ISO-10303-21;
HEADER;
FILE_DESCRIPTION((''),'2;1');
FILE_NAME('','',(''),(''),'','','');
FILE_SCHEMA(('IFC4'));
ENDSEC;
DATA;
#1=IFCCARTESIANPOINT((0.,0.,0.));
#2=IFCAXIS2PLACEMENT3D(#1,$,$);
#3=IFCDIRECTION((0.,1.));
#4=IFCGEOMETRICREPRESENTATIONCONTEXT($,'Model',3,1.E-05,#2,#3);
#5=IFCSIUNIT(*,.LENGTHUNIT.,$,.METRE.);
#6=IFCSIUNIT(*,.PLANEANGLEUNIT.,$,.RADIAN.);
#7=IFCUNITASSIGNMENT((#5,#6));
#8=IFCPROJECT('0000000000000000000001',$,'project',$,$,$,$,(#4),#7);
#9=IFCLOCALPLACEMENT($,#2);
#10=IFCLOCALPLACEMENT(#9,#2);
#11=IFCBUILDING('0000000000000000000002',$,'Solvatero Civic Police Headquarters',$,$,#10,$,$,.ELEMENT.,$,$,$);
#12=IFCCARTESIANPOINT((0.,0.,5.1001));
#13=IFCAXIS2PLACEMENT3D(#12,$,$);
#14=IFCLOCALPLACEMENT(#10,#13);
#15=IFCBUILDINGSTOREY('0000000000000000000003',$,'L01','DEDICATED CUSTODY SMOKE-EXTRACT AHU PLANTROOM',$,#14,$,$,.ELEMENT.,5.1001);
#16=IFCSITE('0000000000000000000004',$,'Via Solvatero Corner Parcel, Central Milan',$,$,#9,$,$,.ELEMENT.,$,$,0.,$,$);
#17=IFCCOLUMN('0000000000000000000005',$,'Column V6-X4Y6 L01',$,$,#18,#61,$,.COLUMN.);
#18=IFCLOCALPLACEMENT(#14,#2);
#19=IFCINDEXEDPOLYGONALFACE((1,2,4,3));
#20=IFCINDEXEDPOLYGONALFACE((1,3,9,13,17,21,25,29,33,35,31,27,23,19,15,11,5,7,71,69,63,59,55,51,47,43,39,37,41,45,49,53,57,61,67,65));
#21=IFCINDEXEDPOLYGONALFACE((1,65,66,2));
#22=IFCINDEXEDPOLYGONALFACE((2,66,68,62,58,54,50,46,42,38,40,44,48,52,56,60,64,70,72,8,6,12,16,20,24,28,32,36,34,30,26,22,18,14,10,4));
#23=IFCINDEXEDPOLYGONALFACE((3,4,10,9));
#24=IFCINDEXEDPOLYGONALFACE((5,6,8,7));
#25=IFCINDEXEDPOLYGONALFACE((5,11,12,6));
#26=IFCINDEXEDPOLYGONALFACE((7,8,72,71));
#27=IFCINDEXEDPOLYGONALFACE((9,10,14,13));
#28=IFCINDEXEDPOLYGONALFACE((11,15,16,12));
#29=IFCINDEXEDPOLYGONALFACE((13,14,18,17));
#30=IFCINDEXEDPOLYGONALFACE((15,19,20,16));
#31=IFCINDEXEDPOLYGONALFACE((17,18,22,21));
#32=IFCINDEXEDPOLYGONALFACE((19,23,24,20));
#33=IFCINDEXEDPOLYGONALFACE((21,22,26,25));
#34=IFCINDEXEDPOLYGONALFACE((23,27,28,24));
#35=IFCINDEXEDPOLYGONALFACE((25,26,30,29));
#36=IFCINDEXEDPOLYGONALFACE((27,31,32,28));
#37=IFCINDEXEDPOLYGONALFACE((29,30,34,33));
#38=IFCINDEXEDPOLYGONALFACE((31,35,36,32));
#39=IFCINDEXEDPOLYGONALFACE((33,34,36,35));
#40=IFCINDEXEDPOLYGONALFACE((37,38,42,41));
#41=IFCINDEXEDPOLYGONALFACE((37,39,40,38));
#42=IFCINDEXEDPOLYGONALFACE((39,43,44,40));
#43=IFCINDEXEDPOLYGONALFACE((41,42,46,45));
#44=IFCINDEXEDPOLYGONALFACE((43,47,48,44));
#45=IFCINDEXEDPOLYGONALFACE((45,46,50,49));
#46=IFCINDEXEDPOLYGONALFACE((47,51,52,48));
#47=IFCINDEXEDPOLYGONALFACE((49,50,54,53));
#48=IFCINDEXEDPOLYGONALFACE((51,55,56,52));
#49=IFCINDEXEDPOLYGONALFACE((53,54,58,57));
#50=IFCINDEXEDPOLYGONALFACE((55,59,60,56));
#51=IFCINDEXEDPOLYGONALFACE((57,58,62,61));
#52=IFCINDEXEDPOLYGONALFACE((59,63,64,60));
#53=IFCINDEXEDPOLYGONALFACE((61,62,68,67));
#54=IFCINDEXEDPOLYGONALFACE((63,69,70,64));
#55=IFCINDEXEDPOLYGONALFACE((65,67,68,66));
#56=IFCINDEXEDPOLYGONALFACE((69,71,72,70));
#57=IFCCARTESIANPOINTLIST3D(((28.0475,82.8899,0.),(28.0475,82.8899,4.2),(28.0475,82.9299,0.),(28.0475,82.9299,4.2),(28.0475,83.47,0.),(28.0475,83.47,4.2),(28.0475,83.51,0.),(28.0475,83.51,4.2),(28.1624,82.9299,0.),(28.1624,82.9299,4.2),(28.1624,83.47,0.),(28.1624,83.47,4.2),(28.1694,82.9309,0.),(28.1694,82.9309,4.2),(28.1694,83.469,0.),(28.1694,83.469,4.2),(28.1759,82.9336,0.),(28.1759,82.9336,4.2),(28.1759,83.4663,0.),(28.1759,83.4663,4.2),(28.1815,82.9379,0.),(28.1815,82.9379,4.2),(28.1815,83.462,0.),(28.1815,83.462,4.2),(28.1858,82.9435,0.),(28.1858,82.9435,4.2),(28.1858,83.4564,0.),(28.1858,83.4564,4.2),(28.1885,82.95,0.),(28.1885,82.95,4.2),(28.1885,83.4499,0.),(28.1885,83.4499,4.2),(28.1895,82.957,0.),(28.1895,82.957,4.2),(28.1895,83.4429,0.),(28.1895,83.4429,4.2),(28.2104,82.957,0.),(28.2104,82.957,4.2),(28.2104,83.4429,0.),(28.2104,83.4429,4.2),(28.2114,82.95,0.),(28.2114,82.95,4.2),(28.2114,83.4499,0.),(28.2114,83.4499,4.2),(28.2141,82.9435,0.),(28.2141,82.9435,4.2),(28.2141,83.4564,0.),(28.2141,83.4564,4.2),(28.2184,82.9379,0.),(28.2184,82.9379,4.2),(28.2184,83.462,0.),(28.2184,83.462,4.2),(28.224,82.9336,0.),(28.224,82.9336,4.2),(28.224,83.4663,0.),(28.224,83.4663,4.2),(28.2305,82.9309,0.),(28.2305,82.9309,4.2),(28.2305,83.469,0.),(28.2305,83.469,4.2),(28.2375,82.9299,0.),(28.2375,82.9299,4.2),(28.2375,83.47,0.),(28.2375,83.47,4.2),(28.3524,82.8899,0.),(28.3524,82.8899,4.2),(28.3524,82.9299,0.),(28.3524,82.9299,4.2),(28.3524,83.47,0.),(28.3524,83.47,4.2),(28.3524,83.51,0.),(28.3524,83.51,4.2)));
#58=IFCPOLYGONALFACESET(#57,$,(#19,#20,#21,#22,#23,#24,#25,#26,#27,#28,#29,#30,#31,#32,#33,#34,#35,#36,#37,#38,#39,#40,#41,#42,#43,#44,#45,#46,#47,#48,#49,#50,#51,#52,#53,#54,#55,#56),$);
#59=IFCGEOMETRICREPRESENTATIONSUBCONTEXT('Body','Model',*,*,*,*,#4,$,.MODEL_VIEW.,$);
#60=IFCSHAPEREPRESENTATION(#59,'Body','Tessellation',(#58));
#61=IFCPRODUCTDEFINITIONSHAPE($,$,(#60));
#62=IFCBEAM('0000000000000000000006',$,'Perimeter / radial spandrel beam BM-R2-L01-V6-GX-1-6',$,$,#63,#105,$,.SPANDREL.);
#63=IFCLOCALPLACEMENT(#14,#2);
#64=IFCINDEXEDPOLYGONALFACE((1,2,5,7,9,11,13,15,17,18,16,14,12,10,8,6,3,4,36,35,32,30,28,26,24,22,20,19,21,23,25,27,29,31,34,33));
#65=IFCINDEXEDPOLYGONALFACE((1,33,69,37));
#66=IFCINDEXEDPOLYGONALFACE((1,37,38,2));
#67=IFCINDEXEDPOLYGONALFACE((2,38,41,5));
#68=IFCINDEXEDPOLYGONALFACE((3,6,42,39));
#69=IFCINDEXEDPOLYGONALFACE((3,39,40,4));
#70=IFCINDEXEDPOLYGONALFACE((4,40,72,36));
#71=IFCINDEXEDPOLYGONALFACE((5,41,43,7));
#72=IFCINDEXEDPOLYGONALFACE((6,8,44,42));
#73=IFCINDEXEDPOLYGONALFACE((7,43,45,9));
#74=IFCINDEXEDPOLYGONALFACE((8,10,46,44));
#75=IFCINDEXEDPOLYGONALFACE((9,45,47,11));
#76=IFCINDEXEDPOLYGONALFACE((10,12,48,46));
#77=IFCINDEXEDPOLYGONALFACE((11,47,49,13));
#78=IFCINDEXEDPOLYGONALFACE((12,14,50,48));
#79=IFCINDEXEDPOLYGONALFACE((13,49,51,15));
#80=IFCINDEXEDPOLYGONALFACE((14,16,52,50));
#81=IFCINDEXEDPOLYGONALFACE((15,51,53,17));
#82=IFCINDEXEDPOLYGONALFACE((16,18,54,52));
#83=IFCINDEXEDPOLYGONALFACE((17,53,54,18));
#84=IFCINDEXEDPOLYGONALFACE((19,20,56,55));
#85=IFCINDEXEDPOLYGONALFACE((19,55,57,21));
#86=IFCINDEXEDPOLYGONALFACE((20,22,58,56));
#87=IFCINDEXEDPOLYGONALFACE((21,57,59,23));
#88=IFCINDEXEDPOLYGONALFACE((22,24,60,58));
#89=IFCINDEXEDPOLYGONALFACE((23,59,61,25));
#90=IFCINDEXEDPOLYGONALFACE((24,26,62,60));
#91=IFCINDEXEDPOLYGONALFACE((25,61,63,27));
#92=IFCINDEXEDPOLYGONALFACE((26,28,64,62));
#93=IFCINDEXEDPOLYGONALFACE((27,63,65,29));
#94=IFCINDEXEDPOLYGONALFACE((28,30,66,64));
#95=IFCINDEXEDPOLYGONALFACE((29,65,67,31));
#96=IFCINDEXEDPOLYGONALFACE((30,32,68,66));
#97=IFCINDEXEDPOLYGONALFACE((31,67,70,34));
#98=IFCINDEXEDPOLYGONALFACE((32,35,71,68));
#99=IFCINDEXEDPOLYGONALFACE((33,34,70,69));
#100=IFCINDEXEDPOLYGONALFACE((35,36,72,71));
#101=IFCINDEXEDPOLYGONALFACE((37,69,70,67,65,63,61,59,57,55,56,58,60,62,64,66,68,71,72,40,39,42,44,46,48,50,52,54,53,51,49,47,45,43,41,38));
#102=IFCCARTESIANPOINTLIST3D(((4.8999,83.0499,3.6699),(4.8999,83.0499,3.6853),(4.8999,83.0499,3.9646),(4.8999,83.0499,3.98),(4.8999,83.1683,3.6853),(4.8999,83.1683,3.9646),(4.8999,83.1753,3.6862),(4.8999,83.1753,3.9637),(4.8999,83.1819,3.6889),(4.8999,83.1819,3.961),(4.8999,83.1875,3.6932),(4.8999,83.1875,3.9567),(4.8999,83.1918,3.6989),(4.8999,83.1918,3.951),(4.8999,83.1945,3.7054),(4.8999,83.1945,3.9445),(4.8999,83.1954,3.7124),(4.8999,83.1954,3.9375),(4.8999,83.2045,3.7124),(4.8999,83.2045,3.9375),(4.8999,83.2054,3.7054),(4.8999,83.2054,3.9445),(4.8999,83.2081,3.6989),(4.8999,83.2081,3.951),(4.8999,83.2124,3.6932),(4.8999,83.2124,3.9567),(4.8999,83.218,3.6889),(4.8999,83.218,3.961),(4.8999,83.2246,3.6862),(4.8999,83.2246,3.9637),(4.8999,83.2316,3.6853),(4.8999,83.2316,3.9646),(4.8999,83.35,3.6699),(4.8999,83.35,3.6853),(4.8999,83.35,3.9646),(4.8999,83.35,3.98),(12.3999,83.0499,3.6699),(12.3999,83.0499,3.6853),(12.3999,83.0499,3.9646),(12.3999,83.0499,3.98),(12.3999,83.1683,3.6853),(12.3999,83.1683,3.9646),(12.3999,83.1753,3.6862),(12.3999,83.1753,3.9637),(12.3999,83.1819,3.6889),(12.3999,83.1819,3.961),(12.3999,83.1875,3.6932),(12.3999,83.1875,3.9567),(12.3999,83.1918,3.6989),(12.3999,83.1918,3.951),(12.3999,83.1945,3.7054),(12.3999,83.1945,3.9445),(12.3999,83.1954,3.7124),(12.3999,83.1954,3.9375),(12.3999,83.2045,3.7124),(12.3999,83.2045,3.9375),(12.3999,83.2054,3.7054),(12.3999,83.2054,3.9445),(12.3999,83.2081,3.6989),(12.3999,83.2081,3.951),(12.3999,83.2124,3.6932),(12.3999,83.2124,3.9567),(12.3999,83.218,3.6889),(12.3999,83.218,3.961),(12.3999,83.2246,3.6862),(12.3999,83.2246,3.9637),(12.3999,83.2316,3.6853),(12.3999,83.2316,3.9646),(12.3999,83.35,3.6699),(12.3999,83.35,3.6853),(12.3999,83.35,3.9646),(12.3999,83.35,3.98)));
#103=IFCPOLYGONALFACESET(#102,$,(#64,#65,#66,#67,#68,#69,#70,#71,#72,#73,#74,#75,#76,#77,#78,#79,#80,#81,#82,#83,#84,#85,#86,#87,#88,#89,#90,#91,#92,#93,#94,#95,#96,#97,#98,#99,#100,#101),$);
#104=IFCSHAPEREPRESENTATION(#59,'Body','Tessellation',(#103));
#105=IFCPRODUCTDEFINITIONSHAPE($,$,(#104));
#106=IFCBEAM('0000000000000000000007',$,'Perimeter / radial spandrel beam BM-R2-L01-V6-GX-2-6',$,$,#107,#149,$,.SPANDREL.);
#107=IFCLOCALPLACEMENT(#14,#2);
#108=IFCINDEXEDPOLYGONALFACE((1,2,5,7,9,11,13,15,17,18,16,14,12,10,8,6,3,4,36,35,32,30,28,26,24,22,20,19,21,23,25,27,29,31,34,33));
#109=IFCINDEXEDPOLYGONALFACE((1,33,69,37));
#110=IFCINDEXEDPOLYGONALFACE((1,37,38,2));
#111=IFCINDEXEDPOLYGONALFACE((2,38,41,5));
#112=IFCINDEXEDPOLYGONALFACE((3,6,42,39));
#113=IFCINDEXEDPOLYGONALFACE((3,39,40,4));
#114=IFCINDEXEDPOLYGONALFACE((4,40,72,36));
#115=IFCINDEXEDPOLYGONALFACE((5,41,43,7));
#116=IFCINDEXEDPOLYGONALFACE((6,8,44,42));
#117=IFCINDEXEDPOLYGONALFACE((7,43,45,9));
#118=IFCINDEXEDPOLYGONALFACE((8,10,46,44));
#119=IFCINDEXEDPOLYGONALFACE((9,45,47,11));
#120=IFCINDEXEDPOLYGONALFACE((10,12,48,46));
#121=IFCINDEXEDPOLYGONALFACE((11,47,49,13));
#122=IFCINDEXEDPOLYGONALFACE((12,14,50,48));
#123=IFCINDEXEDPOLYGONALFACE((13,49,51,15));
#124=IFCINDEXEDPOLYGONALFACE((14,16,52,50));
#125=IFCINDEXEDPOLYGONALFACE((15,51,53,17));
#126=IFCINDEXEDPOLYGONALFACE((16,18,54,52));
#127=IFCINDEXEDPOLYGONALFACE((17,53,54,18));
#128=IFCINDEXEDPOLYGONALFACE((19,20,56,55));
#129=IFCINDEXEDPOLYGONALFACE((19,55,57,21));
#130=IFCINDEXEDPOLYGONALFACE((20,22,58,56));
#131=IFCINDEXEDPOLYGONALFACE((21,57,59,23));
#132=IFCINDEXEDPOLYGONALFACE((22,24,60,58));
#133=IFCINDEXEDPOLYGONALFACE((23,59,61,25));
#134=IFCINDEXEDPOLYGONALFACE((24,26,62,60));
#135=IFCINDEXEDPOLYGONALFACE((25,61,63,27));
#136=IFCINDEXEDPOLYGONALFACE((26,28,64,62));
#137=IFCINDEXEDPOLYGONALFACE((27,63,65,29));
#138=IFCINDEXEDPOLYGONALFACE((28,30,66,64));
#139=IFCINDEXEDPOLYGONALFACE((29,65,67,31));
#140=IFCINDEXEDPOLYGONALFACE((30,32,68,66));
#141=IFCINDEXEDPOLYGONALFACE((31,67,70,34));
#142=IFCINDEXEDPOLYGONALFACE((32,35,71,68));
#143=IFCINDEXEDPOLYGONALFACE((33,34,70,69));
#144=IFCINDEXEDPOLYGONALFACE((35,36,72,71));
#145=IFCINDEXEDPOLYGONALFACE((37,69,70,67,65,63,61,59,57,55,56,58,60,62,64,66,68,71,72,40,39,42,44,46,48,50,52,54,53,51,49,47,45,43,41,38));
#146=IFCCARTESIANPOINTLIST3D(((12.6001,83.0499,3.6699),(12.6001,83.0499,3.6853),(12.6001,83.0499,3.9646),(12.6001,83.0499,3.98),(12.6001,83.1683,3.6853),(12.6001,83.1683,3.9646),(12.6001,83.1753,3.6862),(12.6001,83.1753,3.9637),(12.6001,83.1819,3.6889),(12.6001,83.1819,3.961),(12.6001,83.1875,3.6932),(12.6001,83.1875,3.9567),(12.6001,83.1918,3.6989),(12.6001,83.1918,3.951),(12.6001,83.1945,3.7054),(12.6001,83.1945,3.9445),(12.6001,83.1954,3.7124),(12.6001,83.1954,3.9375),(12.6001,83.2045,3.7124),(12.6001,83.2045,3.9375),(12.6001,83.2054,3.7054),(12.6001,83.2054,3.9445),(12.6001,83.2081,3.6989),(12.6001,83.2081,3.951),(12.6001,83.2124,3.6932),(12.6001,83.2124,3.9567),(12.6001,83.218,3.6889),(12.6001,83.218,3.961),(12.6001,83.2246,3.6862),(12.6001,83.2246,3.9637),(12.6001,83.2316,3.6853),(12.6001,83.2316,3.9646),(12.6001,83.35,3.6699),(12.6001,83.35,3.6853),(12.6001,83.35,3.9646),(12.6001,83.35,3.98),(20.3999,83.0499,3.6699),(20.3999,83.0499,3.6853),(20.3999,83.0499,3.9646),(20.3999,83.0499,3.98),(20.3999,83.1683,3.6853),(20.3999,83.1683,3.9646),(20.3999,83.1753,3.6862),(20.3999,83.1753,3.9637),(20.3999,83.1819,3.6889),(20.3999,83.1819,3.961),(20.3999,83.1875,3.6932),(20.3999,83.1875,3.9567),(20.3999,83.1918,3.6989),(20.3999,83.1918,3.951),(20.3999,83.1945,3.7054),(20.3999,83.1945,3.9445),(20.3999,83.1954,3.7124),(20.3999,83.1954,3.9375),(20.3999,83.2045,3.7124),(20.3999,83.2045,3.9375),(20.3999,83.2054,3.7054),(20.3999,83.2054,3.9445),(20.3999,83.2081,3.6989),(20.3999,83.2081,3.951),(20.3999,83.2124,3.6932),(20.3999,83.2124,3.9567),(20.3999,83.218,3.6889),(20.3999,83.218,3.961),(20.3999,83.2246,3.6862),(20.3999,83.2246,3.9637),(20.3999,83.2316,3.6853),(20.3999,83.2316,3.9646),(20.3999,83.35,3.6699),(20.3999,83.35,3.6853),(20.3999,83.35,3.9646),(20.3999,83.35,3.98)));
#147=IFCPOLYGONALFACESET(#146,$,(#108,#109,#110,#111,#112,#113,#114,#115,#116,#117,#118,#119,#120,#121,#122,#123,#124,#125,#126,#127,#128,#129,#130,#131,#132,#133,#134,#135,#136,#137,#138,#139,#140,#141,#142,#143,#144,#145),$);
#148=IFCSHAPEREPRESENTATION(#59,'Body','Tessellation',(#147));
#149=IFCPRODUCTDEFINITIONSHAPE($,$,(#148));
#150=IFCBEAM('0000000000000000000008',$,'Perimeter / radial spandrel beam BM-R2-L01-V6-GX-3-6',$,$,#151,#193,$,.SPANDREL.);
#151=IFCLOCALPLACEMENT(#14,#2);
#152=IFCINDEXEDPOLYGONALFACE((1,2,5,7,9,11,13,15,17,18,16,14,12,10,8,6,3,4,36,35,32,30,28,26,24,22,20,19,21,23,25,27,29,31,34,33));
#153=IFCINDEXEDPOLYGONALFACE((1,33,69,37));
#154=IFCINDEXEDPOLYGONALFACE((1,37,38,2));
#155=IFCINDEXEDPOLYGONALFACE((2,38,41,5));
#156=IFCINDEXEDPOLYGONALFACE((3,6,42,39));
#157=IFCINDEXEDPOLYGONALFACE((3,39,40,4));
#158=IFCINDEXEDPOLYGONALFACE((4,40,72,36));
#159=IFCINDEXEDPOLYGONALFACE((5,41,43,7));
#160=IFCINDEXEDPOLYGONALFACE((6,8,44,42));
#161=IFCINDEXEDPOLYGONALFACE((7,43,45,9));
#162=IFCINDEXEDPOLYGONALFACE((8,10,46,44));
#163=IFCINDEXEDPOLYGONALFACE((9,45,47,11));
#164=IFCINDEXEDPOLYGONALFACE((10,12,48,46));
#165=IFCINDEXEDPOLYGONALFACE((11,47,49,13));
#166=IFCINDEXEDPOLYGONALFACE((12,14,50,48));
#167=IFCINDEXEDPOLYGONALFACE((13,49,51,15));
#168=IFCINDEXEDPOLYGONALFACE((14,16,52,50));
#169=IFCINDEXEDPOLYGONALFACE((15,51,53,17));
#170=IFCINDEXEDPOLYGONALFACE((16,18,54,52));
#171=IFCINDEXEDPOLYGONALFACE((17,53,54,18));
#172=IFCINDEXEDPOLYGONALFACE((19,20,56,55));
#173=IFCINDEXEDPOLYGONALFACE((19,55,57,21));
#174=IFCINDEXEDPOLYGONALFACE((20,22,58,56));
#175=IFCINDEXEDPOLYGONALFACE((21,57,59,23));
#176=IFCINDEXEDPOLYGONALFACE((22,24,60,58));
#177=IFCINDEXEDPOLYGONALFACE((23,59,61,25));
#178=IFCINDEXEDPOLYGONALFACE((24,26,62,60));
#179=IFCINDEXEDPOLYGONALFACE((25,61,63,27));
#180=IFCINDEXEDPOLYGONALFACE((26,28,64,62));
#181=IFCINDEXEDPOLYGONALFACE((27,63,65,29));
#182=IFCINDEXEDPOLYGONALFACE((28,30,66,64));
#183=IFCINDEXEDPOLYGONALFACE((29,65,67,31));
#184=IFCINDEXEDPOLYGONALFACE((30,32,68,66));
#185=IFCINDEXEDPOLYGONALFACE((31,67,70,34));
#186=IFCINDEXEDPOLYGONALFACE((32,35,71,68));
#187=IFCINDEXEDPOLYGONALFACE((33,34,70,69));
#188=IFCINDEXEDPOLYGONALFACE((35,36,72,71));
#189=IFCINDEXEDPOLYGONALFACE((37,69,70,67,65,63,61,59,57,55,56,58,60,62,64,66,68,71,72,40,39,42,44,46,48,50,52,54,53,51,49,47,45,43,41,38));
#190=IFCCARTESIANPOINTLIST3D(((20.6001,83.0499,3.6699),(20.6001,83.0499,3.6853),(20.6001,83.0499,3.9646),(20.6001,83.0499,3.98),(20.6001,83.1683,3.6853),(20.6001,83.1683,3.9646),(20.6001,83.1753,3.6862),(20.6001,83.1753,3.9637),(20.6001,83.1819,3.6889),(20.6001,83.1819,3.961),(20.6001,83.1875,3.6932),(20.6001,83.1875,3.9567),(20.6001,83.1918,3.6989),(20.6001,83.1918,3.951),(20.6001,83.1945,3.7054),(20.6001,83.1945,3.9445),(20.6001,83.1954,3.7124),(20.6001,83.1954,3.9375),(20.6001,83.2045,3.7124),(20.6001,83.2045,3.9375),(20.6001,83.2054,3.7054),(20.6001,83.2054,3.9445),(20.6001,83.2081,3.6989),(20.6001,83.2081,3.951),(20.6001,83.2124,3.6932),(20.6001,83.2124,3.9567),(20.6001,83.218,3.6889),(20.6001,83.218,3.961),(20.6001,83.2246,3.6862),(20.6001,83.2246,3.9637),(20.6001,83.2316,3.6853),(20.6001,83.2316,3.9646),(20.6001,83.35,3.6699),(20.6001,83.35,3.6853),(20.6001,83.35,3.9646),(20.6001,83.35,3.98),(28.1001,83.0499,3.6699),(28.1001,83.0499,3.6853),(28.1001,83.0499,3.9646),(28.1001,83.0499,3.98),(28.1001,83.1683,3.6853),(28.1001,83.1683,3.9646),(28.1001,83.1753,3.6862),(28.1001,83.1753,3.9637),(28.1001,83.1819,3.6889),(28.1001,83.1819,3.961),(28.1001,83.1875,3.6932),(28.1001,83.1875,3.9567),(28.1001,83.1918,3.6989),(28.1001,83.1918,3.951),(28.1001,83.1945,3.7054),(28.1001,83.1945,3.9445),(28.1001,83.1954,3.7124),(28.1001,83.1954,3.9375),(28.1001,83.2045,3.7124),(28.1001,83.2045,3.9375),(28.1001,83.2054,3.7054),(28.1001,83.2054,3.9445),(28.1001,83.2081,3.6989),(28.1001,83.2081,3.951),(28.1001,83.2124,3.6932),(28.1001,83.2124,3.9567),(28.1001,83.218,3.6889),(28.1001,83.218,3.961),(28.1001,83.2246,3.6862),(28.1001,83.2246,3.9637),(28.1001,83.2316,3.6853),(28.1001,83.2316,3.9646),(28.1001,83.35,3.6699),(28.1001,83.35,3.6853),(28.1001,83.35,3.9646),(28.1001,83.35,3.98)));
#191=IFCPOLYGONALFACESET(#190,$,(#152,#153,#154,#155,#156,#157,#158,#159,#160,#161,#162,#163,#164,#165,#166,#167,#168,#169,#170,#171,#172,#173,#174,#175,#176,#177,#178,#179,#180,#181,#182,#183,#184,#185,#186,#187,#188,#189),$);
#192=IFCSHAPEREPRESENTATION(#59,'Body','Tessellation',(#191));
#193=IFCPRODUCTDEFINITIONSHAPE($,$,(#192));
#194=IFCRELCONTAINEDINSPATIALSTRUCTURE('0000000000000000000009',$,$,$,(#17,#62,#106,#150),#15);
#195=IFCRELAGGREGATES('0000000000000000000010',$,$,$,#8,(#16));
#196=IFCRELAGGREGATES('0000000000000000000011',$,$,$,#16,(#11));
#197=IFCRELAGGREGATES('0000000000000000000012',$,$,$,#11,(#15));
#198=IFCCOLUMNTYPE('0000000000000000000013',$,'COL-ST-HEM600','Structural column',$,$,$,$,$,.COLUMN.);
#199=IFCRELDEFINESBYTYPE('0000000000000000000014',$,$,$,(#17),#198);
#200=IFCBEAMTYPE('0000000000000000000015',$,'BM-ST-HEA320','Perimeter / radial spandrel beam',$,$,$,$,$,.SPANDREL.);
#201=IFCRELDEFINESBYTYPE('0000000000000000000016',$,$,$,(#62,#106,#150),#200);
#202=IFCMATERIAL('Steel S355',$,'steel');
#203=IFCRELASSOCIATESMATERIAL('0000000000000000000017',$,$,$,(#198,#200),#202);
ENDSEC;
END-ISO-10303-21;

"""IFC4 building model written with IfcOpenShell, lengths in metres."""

from ifc_helpers import new_model, si_unit, direction, frame, origin, origin_2d, place, context, subcontext, project, spatial, i_section, extrude, material, material_profile, profile_set, type_object, element, save


model = new_model("IFC4")

# Units and contexts
model_context = context("Model", 3, precision=1e-05, world=origin(), true_north=direction((0.0, 1.0)))
body_context = subcontext(model_context, "Body", "Model", "MODEL_VIEW")
ifc_project = project(units=[si_unit("LENGTHUNIT", "METRE"), si_unit("PLANEANGLEUNIT", "RADIAN")], contexts=[model_context])

# Site, building, storey
site_placement = place(None, origin())
site = spatial("IfcSite", under=ifc_project, at=site_placement, Name="Via Solvatero Corner Parcel, Central Milan", CompositionType="ELEMENT", RefElevation=0.0)
building_placement = place(site_placement, origin())
building = spatial("IfcBuilding", under=site, at=building_placement, Name="Solvatero Civic Police Headquarters", CompositionType="ELEMENT")
storey_placement = place(building_placement, frame((0.0, 0.0, 5.1001)))
storey = spatial("IfcBuildingStorey", under=building, at=storey_placement, Name="L01", Description="DEDICATED CUSTODY SMOKE-EXTRACT AHU PLANTROOM", CompositionType="ELEMENT", Elevation=5.1001)

# Column
ifc_material_1 = material(Name="Steel S355", Category="steel")
ifc_material_profile_1 = material_profile(ifc_material_1, i_section(OverallWidth=0.3049, OverallDepth=0.6201, WebThickness=0.021, FlangeThickness=0.04, FilletRadius=0.0271, at=origin_2d()), Name="HEM 600")
ifc_profile_set_1 = profile_set([ifc_material_profile_1], Name="Steel S355")
column_type_1 = type_object("IfcColumnType", Name="COL-ST-HEM600", Description="Structural column", PredefinedType="COLUMN", material=ifc_profile_set_1)
column_1_placement = place(storey_placement, frame((28.2, 83.2, 0.0), z_axis=(0.0, 0.0, 1.0), x_axis=(1.0, 0.0, 0.0)))
element("IfcColumn", 1, at=column_1_placement, inside=storey, type_object=column_type_1, Name="Column V6-X4Y6 L01", PredefinedType="COLUMN", context=body_context, shape_type="SweptSolid", body=[
    extrude(i_section(OverallWidth=0.3049, OverallDepth=0.6201, WebThickness=0.021, FlangeThickness=0.04, FilletRadius=0.0271, at=origin_2d()), origin(), (0.0, 0.0, 1.0), 4.2),
])

# Beams
ifc_material_profile_2 = material_profile(ifc_material_1, i_section(OverallWidth=0.3, OverallDepth=0.3101, WebThickness=0.009, FlangeThickness=0.0154, FilletRadius=0.0271, at=origin_2d()), Name="HEA 320")
ifc_profile_set_2 = profile_set([ifc_material_profile_2], Name="Steel S355")
beam_type_1 = type_object("IfcBeamType", Name="BM-ST-HEA320", Description="Perimeter / radial spandrel beam", PredefinedType="SPANDREL", material=ifc_profile_set_2)
beam_1_placement = place(storey_placement, frame((4.8999, 83.2, 3.825), z_axis=(1.0, 0.0, 0.0), x_axis=(0.0, 1.0, 0.0)))
element("IfcBeam", 2, at=beam_1_placement, inside=storey, type_object=beam_type_1, Name="Perimeter / radial spandrel beam BM-R2-L01-V6-GX-1-6", PredefinedType="SPANDREL", context=body_context, shape_type="SweptSolid", body=[
    extrude(i_section(OverallWidth=0.3, OverallDepth=0.3101, WebThickness=0.009, FlangeThickness=0.0154, FilletRadius=0.0271, at=origin_2d()), origin(), (0.0, 0.0, 1.0), 7.5),
])
beam_2_placement = place(storey_placement, frame((12.6001, 83.2, 3.825), z_axis=(1.0, 0.0, 0.0), x_axis=(0.0, 1.0, 0.0)))
element("IfcBeam", 3, at=beam_2_placement, inside=storey, type_object=beam_type_1, Name="Perimeter / radial spandrel beam BM-R2-L01-V6-GX-2-6", PredefinedType="SPANDREL", context=body_context, shape_type="SweptSolid", body=[
    extrude(i_section(OverallWidth=0.3, OverallDepth=0.3101, WebThickness=0.009, FlangeThickness=0.0154, FilletRadius=0.0271, at=origin_2d()), origin(), (0.0, 0.0, 1.0), 7.7998),
])
beam_3_placement = place(storey_placement, frame((20.6001, 83.2, 3.825), z_axis=(1.0, 0.0, 0.0), x_axis=(0.0, 1.0, 0.0)))
element("IfcBeam", 4, at=beam_3_placement, inside=storey, type_object=beam_type_1, Name="Perimeter / radial spandrel beam BM-R2-L01-V6-GX-3-6", PredefinedType="SPANDREL", context=body_context, shape_type="SweptSolid", body=[
    extrude(i_section(OverallWidth=0.3, OverallDepth=0.3101, WebThickness=0.009, FlangeThickness=0.0154, FilletRadius=0.0271, at=origin_2d()), origin(), (0.0, 0.0, 1.0), 7.5),
])

save(model, "model.ifc")
